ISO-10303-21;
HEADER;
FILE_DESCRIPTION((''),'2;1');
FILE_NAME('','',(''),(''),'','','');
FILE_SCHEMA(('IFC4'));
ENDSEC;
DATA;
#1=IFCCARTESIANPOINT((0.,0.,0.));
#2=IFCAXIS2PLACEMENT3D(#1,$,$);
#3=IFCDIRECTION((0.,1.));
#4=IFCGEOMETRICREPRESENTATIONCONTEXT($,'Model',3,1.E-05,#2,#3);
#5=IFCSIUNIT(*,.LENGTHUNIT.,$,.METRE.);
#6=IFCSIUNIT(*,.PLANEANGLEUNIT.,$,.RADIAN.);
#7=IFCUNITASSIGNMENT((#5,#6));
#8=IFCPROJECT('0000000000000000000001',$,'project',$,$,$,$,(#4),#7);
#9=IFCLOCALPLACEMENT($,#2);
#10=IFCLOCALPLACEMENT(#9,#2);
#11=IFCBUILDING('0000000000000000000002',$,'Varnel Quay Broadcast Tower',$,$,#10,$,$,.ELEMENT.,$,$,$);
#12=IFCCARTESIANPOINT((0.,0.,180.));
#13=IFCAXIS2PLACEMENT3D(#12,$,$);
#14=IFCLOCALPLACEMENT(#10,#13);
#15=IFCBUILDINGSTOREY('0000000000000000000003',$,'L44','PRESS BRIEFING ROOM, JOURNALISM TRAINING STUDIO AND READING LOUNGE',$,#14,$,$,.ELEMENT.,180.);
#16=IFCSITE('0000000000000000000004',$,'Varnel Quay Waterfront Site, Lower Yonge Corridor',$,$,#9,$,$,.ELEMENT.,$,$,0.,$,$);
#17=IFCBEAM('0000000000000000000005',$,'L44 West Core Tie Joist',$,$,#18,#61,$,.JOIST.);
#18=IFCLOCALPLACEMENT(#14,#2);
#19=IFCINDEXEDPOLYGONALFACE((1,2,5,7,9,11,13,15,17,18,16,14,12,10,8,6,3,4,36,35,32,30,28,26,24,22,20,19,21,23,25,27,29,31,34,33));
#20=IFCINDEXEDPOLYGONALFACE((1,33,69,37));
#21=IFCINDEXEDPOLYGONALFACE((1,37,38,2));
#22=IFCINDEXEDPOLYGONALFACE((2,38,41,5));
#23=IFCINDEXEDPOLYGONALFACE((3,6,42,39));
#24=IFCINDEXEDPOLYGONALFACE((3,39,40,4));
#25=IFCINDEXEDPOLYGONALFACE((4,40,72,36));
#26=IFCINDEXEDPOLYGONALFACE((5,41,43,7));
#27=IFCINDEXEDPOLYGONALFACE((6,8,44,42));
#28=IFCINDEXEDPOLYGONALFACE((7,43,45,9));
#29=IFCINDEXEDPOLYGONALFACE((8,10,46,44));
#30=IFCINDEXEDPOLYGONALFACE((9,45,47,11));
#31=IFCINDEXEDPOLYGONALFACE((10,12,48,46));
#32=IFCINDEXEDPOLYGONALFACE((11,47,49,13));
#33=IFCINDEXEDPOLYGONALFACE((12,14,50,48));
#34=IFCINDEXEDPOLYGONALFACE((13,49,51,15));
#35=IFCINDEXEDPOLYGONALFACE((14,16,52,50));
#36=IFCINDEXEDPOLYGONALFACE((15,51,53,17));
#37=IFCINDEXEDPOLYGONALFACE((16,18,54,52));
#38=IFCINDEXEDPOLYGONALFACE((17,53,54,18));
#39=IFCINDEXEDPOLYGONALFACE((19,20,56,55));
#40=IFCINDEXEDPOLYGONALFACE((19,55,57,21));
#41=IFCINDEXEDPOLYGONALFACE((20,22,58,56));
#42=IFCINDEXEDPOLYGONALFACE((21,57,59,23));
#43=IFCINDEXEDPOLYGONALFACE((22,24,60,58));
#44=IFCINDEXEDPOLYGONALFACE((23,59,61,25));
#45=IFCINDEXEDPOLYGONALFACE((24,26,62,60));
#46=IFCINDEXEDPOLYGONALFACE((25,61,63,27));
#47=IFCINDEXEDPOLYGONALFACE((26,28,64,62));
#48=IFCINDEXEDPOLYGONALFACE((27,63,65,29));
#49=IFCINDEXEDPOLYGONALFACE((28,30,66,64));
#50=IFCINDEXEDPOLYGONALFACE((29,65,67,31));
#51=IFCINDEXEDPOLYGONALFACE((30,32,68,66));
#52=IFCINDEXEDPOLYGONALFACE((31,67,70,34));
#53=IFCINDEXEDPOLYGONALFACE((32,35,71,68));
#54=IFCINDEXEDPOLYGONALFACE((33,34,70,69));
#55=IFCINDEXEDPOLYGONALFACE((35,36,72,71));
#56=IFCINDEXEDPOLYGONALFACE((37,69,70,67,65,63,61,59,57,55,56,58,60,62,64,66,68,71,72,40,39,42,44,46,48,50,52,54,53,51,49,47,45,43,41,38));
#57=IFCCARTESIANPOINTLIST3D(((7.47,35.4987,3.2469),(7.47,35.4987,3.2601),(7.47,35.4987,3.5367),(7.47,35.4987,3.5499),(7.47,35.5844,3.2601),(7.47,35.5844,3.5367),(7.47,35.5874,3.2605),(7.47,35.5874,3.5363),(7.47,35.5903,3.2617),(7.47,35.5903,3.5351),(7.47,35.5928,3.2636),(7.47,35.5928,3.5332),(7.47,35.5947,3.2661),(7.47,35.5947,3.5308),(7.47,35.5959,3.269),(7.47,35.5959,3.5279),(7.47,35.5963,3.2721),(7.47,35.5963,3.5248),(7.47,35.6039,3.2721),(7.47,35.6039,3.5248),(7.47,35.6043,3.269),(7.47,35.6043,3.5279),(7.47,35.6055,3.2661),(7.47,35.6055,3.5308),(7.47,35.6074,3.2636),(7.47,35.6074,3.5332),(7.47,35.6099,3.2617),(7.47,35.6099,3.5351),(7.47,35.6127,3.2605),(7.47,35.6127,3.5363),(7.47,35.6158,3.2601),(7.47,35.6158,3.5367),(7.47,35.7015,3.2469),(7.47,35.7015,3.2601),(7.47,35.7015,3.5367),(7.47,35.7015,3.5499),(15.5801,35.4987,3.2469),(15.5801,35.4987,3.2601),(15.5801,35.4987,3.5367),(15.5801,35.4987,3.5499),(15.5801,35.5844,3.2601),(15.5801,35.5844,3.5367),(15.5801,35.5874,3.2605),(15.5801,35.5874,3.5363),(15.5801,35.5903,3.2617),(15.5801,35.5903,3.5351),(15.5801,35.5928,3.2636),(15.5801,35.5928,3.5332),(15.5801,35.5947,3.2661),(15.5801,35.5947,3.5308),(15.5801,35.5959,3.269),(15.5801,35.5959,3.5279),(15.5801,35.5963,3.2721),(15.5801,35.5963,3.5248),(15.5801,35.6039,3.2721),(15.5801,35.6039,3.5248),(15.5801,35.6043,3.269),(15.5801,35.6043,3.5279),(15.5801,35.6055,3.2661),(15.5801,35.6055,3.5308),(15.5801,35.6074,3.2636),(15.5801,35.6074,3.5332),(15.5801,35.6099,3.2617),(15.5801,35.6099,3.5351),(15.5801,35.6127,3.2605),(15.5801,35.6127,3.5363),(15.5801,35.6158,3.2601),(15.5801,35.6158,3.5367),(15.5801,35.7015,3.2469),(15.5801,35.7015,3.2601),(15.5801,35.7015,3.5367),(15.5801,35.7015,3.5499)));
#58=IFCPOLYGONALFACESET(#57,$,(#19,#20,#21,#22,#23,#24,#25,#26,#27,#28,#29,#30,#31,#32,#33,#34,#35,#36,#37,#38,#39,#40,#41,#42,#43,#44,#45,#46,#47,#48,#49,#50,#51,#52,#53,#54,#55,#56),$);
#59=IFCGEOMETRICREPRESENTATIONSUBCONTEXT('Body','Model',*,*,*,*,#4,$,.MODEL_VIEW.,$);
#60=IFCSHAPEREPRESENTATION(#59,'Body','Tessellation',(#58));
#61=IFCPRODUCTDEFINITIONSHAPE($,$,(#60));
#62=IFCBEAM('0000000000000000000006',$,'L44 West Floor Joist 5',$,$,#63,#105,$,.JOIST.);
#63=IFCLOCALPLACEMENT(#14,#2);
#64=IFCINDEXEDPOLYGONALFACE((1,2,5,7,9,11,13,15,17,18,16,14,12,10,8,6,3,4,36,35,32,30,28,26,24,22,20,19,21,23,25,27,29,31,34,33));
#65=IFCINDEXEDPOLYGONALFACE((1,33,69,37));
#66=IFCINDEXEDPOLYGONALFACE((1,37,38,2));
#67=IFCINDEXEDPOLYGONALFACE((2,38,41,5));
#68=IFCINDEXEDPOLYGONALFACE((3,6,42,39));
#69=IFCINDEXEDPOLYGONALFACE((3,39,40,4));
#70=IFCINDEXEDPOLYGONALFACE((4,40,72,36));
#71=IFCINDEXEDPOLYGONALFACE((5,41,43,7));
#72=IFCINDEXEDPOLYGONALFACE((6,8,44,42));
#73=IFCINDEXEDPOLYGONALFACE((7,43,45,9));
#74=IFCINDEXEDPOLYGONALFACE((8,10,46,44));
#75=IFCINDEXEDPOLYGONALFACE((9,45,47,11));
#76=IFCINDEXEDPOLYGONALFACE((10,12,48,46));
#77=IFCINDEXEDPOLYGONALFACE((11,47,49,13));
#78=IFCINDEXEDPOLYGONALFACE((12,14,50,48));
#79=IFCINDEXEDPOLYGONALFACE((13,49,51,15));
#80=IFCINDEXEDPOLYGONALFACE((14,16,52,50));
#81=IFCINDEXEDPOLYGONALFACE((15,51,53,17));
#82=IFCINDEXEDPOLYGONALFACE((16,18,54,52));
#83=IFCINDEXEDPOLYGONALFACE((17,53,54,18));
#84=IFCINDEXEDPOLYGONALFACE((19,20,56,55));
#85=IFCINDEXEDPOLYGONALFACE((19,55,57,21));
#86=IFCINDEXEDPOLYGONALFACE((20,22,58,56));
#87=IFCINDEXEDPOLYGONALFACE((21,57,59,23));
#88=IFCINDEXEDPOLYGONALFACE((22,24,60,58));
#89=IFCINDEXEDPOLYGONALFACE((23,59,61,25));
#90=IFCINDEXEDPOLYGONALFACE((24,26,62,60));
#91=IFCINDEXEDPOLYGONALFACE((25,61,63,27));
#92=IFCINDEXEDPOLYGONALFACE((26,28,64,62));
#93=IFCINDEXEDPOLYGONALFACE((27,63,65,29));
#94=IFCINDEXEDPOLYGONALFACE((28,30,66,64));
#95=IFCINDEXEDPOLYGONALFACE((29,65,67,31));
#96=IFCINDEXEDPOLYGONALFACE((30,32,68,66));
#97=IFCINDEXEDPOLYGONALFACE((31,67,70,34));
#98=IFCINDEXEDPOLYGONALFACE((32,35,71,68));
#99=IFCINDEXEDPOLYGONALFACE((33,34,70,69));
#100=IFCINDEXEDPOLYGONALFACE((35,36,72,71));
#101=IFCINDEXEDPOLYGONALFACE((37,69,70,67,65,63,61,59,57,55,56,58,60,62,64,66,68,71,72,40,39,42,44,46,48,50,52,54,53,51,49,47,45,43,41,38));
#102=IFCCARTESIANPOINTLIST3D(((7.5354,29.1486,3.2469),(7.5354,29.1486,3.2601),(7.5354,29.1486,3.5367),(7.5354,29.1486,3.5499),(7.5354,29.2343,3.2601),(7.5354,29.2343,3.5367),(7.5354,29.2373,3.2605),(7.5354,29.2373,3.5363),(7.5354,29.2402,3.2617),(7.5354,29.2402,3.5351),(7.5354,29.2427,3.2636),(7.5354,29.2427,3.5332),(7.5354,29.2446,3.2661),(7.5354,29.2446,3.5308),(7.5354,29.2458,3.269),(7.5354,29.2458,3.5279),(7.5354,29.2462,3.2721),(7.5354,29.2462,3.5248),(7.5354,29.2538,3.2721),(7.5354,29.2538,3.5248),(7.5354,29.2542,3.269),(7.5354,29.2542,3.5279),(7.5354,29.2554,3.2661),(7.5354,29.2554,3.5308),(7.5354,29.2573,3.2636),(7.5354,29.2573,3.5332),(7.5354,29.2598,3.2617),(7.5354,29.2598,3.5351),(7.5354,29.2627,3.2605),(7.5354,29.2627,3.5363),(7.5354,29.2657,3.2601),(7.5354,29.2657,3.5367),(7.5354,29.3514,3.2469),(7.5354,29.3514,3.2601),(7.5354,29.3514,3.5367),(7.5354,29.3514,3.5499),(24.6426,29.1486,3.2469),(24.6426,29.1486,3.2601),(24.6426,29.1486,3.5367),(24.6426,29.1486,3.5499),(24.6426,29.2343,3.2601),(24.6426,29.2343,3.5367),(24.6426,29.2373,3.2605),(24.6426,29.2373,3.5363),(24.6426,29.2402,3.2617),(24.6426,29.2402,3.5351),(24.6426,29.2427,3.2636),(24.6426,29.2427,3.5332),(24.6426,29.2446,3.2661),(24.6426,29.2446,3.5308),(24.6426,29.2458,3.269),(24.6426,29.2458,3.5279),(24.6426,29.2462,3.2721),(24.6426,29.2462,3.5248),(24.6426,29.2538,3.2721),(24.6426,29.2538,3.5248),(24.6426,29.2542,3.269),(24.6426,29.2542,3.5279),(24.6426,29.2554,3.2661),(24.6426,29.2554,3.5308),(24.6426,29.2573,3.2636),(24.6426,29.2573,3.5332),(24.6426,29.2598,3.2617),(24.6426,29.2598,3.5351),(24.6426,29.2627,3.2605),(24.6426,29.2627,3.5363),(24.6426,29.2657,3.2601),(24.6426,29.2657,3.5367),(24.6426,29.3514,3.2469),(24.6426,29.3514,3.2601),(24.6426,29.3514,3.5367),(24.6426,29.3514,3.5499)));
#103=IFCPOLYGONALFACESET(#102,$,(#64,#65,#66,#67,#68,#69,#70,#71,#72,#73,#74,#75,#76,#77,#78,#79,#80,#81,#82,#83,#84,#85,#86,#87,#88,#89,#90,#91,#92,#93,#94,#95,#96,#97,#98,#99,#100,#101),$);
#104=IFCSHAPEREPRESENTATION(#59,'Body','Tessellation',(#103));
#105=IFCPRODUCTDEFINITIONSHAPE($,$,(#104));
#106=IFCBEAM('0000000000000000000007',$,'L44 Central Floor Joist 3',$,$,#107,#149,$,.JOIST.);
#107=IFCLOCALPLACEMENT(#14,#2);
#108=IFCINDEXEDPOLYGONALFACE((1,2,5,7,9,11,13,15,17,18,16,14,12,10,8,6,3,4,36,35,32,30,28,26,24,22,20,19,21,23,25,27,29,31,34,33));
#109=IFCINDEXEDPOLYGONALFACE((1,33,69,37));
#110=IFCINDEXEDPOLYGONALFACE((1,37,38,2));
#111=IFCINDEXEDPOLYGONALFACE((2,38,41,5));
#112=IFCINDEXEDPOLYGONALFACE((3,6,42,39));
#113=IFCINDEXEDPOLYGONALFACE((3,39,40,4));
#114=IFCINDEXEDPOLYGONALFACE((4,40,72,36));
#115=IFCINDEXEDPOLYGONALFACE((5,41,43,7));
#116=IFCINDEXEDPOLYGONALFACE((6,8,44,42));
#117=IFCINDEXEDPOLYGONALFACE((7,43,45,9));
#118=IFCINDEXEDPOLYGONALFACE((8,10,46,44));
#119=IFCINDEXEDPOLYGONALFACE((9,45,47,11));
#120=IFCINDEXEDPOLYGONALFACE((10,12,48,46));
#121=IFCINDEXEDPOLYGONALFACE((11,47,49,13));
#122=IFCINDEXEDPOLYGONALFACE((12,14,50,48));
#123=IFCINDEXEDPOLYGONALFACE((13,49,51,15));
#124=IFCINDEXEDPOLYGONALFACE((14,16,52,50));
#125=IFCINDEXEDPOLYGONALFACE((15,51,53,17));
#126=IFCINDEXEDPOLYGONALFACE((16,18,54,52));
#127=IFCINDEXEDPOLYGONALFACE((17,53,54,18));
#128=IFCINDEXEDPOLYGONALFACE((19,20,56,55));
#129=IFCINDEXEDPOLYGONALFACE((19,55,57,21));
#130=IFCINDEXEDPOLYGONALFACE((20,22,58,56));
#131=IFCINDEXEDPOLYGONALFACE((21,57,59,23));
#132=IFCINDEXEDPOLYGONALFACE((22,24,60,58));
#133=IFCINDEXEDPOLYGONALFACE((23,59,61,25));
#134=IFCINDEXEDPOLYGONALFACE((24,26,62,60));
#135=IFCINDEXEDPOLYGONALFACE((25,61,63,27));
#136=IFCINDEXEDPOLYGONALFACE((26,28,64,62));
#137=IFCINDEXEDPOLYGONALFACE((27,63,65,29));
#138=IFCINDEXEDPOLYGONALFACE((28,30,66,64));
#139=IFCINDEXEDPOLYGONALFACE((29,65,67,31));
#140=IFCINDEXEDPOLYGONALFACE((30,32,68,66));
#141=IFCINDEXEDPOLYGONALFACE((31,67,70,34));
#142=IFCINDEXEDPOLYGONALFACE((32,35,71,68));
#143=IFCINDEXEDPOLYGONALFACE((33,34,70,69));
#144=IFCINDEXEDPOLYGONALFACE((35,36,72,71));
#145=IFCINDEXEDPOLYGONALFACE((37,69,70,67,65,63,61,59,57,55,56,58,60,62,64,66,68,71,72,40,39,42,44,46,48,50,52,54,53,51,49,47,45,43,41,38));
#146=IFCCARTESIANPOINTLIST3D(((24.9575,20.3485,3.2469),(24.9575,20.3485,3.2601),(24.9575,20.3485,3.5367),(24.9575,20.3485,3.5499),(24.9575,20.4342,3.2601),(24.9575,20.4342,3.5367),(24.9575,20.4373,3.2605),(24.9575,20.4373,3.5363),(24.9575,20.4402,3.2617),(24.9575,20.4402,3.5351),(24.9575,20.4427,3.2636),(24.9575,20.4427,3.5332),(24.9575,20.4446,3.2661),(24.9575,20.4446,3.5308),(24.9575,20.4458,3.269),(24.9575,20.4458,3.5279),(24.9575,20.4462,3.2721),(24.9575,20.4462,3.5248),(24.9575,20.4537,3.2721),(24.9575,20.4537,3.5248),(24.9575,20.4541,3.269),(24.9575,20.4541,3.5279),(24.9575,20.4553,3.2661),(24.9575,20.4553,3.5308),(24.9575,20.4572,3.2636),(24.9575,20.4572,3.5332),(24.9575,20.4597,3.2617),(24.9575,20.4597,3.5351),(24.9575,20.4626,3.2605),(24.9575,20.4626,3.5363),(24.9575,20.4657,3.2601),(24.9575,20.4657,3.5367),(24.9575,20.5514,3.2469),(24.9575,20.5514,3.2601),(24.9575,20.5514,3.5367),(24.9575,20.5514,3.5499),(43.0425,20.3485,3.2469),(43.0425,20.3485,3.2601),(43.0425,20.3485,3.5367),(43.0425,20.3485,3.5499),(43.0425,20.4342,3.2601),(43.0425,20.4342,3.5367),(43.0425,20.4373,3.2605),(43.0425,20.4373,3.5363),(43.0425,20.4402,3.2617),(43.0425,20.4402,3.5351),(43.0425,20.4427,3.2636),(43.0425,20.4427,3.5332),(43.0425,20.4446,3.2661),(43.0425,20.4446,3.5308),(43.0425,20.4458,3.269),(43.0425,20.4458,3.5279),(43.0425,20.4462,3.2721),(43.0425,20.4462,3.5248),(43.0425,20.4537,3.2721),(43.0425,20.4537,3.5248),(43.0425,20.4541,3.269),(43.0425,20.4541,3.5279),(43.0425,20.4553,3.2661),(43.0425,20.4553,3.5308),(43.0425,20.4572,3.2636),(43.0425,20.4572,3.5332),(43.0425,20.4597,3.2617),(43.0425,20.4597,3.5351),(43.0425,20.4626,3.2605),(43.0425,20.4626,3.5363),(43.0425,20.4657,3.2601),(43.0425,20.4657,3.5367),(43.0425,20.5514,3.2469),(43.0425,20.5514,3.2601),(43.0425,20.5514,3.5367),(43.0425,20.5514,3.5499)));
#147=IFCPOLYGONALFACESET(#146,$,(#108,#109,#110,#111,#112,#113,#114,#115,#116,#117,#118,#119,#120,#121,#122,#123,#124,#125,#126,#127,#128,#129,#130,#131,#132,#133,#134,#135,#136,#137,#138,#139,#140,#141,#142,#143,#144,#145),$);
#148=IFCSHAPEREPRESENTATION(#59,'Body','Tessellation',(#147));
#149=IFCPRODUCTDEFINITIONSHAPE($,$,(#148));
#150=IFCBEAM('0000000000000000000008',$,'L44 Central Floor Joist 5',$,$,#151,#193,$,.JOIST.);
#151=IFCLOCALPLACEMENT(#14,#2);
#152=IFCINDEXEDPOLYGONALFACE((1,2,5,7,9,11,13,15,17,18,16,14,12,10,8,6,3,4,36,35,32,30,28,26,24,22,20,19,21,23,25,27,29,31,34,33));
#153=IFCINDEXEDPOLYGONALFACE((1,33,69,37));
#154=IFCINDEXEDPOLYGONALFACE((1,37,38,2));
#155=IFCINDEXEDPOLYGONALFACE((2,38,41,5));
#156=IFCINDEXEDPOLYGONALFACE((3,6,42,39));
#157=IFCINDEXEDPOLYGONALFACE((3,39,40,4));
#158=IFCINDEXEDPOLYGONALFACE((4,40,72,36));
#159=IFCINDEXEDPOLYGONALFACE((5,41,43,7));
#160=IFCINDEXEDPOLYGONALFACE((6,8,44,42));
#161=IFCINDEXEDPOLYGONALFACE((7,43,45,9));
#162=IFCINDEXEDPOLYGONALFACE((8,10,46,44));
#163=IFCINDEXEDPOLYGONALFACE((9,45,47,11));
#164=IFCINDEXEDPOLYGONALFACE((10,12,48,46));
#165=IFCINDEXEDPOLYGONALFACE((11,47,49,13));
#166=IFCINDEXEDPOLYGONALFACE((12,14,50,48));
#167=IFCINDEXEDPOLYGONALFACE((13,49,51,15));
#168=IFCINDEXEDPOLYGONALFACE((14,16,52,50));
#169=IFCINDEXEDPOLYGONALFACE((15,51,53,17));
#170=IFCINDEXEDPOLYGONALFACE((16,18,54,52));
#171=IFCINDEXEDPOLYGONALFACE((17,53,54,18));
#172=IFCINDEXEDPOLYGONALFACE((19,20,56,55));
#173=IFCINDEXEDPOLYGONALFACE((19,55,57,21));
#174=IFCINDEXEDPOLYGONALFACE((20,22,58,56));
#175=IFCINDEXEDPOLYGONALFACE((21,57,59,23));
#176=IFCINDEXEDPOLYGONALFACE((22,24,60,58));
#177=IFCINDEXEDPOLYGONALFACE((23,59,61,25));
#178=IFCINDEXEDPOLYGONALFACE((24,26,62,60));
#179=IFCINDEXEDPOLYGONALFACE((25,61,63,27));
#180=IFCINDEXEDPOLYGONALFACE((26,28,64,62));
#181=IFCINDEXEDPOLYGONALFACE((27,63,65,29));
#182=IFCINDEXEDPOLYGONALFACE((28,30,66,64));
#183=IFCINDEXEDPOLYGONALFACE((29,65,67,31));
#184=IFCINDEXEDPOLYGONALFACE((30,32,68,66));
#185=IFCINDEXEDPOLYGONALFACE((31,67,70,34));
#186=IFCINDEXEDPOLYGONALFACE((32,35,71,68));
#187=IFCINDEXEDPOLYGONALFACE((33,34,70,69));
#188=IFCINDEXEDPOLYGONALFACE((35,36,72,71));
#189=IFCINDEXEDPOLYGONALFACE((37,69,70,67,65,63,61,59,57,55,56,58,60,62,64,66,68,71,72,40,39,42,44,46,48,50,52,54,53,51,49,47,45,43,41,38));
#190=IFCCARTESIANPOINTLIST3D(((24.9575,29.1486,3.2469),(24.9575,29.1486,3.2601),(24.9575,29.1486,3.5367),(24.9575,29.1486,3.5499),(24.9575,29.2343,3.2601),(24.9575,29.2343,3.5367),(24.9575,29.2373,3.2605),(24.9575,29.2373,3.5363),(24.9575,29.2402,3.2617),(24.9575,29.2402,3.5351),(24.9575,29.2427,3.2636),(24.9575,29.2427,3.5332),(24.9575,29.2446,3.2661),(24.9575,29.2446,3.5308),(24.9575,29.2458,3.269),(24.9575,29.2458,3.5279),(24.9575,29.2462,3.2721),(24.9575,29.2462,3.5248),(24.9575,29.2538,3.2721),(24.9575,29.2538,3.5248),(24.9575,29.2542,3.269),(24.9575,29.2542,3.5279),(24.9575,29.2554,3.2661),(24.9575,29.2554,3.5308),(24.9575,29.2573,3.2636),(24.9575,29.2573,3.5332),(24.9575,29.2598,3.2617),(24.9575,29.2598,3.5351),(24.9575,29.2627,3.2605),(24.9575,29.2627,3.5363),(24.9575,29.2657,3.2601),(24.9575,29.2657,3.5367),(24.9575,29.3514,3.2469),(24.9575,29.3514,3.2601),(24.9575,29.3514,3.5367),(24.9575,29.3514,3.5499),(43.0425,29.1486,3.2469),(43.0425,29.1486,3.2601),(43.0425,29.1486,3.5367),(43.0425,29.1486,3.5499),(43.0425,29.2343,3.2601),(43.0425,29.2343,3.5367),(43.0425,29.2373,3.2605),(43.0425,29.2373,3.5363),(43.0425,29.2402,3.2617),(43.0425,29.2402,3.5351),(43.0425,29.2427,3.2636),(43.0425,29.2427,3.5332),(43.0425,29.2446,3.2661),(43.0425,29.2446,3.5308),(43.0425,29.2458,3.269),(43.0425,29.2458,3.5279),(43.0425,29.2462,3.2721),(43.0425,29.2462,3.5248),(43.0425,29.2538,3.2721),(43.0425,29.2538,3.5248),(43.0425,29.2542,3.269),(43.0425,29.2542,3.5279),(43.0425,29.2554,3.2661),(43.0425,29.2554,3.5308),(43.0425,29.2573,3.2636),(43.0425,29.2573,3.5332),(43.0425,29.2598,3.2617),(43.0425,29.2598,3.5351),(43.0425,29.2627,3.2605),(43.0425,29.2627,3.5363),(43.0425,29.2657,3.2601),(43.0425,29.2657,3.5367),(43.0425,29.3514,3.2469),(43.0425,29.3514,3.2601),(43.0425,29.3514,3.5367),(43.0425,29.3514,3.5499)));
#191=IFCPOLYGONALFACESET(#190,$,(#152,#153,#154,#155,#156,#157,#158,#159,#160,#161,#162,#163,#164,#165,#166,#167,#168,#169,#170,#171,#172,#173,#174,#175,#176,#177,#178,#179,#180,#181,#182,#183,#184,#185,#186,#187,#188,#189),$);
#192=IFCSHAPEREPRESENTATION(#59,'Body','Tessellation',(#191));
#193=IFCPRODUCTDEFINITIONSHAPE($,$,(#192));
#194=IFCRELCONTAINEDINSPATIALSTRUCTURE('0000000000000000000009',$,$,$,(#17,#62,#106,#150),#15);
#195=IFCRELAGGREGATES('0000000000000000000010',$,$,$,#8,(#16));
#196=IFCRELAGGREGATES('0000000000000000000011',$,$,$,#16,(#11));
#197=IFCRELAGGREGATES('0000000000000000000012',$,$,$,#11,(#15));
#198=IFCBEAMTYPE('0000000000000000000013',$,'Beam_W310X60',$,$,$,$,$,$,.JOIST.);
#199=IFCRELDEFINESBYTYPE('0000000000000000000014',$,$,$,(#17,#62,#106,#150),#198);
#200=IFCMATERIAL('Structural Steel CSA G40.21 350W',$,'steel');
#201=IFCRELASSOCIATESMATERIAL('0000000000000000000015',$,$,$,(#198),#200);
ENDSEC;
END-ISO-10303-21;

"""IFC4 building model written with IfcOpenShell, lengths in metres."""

from ifc_helpers import new_model, si_unit, direction, frame, origin, origin_2d, place, context, subcontext, project, spatial, i_section, extrude, source, transform, mapped, material, material_profile, profile_set, type_object, type_shapes, element, save


model = new_model("IFC4")

# Units and contexts
model_context = context("Model", 3, precision=1e-05, world=origin(), true_north=direction((0.0, 1.0)))
body_context = subcontext(model_context, "Body", "Model", "MODEL_VIEW")
ifc_project = project(units=[si_unit("LENGTHUNIT", "METRE"), si_unit("PLANEANGLEUNIT", "RADIAN")], contexts=[model_context])

# Site, building, storey
site_placement = place(None, origin())
site = spatial("IfcSite", under=ifc_project, at=site_placement, Name="Varnel Quay Waterfront Site, Lower Yonge Corridor", CompositionType="ELEMENT", RefElevation=0.0)
building_placement = place(site_placement, origin())
building = spatial("IfcBuilding", under=site, at=building_placement, Name="Varnel Quay Broadcast Tower", CompositionType="ELEMENT")
storey_placement = place(building_placement, frame((0.0, 0.0, 180.0)))
storey = spatial("IfcBuildingStorey", under=building, at=storey_placement, Name="L44", Description="PRESS BRIEFING ROOM, JOURNALISM TRAINING STUDIO AND READING LOUNGE", CompositionType="ELEMENT", Elevation=180.0)

# Shared definitions
ifc_material_1 = material(Name="Structural Steel CSA G40.21 350W", Category="steel")

# Beams
ifc_material_profile_1 = material_profile(ifc_material_1, i_section(OverallWidth=0.2029, OverallDepth=0.303, WebThickness=0.0076, FlangeThickness=0.0132, FilletRadius=0.012, at=origin_2d()), Name="W310X60")
ifc_profile_set_1 = profile_set([ifc_material_profile_1], Name="Structural Steel CSA G40.21 350W")
beam_type_1 = type_object("IfcBeamType", Name="Beam_W310X60", PredefinedType="JOIST", material=ifc_profile_set_1)
shared_shape_1 = source(origin(), body_context, "Body", "SweptSolid", [
    extrude(i_section(OverallWidth=0.2029, OverallDepth=0.303, WebThickness=0.0076, FlangeThickness=0.0132, FilletRadius=0.012, at=origin_2d()), origin(), (0.0, 0.0, 1.0), 8.1101),
])
beam_1_placement = place(storey_placement, frame((7.47, 35.6001, 3.3984), z_axis=(1.0, 0.0, 0.0), x_axis=(0.0, 1.0, 0.0)))
element("IfcBeam", 1, at=beam_1_placement, inside=storey, type_object=beam_type_1, Name="L44 West Core Tie Joist", PredefinedType="JOIST", context=body_context, shape_type="MappedRepresentation", body=[
    mapped(shared_shape_1, transform((0.0, 0.0, 0.0), x_axis=(1.0, 0.0, 0.0), y_axis=(0.0, 1.0, 0.0), z_axis=(0.0, 0.0, 1.0), scale=1.0)),
])
shared_shape_2 = source(origin(), body_context, "Body", "SweptSolid", [
    extrude(i_section(OverallWidth=0.2029, OverallDepth=0.303, WebThickness=0.0076, FlangeThickness=0.0132, FilletRadius=0.012, at=origin_2d()), origin(), (0.0, 0.0, 1.0), 17.1072),
])
beam_2_placement = place(storey_placement, frame((7.5354, 29.25, 3.3984), z_axis=(1.0, 0.0, 0.0), x_axis=(0.0, 1.0, 0.0)))
element("IfcBeam", 2, at=beam_2_placement, inside=storey, type_object=beam_type_1, Name="L44 West Floor Joist 5", PredefinedType="JOIST", context=body_context, shape_type="MappedRepresentation", body=[
    mapped(shared_shape_2, transform((0.0, 0.0, 0.0), x_axis=(1.0, 0.0, 0.0), y_axis=(0.0, 1.0, 0.0), z_axis=(0.0, 0.0, 1.0), scale=1.0)),
])
shared_shape_3 = source(origin(), body_context, "Body", "SweptSolid", [
    extrude(i_section(OverallWidth=0.2029, OverallDepth=0.303, WebThickness=0.0076, FlangeThickness=0.0132, FilletRadius=0.012, at=origin_2d()), origin(), (0.0, 0.0, 1.0), 18.085),
])
type_shapes(beam_type_1, [shared_shape_1, shared_shape_2, shared_shape_3])
for number, where, z_axis, x_axis, name in (
    (3, (24.9575, 20.45, 3.3984), (1.0, 0.0, 0.0), (0.0, 1.0, 0.0), "L44 Central Floor Joist 3"),
    (4, (24.9575, 29.25, 3.3984), (1.0, 0.0, 0.0), (0.0, 1.0, 0.0), "L44 Central Floor Joist 5"),
):
    element("IfcBeam", number, at=place(storey_placement, frame(where, z_axis=z_axis, x_axis=x_axis)), inside=storey, type_object=beam_type_1, Name=name, PredefinedType="JOIST", context=body_context, shape_type="MappedRepresentation", body=[
        mapped(shared_shape_3, transform((0.0, 0.0, 0.0), x_axis=(1.0, 0.0, 0.0), y_axis=(0.0, 1.0, 0.0), z_axis=(0.0, 0.0, 1.0), scale=1.0)),
    ])

save(model, "model.ifc")
